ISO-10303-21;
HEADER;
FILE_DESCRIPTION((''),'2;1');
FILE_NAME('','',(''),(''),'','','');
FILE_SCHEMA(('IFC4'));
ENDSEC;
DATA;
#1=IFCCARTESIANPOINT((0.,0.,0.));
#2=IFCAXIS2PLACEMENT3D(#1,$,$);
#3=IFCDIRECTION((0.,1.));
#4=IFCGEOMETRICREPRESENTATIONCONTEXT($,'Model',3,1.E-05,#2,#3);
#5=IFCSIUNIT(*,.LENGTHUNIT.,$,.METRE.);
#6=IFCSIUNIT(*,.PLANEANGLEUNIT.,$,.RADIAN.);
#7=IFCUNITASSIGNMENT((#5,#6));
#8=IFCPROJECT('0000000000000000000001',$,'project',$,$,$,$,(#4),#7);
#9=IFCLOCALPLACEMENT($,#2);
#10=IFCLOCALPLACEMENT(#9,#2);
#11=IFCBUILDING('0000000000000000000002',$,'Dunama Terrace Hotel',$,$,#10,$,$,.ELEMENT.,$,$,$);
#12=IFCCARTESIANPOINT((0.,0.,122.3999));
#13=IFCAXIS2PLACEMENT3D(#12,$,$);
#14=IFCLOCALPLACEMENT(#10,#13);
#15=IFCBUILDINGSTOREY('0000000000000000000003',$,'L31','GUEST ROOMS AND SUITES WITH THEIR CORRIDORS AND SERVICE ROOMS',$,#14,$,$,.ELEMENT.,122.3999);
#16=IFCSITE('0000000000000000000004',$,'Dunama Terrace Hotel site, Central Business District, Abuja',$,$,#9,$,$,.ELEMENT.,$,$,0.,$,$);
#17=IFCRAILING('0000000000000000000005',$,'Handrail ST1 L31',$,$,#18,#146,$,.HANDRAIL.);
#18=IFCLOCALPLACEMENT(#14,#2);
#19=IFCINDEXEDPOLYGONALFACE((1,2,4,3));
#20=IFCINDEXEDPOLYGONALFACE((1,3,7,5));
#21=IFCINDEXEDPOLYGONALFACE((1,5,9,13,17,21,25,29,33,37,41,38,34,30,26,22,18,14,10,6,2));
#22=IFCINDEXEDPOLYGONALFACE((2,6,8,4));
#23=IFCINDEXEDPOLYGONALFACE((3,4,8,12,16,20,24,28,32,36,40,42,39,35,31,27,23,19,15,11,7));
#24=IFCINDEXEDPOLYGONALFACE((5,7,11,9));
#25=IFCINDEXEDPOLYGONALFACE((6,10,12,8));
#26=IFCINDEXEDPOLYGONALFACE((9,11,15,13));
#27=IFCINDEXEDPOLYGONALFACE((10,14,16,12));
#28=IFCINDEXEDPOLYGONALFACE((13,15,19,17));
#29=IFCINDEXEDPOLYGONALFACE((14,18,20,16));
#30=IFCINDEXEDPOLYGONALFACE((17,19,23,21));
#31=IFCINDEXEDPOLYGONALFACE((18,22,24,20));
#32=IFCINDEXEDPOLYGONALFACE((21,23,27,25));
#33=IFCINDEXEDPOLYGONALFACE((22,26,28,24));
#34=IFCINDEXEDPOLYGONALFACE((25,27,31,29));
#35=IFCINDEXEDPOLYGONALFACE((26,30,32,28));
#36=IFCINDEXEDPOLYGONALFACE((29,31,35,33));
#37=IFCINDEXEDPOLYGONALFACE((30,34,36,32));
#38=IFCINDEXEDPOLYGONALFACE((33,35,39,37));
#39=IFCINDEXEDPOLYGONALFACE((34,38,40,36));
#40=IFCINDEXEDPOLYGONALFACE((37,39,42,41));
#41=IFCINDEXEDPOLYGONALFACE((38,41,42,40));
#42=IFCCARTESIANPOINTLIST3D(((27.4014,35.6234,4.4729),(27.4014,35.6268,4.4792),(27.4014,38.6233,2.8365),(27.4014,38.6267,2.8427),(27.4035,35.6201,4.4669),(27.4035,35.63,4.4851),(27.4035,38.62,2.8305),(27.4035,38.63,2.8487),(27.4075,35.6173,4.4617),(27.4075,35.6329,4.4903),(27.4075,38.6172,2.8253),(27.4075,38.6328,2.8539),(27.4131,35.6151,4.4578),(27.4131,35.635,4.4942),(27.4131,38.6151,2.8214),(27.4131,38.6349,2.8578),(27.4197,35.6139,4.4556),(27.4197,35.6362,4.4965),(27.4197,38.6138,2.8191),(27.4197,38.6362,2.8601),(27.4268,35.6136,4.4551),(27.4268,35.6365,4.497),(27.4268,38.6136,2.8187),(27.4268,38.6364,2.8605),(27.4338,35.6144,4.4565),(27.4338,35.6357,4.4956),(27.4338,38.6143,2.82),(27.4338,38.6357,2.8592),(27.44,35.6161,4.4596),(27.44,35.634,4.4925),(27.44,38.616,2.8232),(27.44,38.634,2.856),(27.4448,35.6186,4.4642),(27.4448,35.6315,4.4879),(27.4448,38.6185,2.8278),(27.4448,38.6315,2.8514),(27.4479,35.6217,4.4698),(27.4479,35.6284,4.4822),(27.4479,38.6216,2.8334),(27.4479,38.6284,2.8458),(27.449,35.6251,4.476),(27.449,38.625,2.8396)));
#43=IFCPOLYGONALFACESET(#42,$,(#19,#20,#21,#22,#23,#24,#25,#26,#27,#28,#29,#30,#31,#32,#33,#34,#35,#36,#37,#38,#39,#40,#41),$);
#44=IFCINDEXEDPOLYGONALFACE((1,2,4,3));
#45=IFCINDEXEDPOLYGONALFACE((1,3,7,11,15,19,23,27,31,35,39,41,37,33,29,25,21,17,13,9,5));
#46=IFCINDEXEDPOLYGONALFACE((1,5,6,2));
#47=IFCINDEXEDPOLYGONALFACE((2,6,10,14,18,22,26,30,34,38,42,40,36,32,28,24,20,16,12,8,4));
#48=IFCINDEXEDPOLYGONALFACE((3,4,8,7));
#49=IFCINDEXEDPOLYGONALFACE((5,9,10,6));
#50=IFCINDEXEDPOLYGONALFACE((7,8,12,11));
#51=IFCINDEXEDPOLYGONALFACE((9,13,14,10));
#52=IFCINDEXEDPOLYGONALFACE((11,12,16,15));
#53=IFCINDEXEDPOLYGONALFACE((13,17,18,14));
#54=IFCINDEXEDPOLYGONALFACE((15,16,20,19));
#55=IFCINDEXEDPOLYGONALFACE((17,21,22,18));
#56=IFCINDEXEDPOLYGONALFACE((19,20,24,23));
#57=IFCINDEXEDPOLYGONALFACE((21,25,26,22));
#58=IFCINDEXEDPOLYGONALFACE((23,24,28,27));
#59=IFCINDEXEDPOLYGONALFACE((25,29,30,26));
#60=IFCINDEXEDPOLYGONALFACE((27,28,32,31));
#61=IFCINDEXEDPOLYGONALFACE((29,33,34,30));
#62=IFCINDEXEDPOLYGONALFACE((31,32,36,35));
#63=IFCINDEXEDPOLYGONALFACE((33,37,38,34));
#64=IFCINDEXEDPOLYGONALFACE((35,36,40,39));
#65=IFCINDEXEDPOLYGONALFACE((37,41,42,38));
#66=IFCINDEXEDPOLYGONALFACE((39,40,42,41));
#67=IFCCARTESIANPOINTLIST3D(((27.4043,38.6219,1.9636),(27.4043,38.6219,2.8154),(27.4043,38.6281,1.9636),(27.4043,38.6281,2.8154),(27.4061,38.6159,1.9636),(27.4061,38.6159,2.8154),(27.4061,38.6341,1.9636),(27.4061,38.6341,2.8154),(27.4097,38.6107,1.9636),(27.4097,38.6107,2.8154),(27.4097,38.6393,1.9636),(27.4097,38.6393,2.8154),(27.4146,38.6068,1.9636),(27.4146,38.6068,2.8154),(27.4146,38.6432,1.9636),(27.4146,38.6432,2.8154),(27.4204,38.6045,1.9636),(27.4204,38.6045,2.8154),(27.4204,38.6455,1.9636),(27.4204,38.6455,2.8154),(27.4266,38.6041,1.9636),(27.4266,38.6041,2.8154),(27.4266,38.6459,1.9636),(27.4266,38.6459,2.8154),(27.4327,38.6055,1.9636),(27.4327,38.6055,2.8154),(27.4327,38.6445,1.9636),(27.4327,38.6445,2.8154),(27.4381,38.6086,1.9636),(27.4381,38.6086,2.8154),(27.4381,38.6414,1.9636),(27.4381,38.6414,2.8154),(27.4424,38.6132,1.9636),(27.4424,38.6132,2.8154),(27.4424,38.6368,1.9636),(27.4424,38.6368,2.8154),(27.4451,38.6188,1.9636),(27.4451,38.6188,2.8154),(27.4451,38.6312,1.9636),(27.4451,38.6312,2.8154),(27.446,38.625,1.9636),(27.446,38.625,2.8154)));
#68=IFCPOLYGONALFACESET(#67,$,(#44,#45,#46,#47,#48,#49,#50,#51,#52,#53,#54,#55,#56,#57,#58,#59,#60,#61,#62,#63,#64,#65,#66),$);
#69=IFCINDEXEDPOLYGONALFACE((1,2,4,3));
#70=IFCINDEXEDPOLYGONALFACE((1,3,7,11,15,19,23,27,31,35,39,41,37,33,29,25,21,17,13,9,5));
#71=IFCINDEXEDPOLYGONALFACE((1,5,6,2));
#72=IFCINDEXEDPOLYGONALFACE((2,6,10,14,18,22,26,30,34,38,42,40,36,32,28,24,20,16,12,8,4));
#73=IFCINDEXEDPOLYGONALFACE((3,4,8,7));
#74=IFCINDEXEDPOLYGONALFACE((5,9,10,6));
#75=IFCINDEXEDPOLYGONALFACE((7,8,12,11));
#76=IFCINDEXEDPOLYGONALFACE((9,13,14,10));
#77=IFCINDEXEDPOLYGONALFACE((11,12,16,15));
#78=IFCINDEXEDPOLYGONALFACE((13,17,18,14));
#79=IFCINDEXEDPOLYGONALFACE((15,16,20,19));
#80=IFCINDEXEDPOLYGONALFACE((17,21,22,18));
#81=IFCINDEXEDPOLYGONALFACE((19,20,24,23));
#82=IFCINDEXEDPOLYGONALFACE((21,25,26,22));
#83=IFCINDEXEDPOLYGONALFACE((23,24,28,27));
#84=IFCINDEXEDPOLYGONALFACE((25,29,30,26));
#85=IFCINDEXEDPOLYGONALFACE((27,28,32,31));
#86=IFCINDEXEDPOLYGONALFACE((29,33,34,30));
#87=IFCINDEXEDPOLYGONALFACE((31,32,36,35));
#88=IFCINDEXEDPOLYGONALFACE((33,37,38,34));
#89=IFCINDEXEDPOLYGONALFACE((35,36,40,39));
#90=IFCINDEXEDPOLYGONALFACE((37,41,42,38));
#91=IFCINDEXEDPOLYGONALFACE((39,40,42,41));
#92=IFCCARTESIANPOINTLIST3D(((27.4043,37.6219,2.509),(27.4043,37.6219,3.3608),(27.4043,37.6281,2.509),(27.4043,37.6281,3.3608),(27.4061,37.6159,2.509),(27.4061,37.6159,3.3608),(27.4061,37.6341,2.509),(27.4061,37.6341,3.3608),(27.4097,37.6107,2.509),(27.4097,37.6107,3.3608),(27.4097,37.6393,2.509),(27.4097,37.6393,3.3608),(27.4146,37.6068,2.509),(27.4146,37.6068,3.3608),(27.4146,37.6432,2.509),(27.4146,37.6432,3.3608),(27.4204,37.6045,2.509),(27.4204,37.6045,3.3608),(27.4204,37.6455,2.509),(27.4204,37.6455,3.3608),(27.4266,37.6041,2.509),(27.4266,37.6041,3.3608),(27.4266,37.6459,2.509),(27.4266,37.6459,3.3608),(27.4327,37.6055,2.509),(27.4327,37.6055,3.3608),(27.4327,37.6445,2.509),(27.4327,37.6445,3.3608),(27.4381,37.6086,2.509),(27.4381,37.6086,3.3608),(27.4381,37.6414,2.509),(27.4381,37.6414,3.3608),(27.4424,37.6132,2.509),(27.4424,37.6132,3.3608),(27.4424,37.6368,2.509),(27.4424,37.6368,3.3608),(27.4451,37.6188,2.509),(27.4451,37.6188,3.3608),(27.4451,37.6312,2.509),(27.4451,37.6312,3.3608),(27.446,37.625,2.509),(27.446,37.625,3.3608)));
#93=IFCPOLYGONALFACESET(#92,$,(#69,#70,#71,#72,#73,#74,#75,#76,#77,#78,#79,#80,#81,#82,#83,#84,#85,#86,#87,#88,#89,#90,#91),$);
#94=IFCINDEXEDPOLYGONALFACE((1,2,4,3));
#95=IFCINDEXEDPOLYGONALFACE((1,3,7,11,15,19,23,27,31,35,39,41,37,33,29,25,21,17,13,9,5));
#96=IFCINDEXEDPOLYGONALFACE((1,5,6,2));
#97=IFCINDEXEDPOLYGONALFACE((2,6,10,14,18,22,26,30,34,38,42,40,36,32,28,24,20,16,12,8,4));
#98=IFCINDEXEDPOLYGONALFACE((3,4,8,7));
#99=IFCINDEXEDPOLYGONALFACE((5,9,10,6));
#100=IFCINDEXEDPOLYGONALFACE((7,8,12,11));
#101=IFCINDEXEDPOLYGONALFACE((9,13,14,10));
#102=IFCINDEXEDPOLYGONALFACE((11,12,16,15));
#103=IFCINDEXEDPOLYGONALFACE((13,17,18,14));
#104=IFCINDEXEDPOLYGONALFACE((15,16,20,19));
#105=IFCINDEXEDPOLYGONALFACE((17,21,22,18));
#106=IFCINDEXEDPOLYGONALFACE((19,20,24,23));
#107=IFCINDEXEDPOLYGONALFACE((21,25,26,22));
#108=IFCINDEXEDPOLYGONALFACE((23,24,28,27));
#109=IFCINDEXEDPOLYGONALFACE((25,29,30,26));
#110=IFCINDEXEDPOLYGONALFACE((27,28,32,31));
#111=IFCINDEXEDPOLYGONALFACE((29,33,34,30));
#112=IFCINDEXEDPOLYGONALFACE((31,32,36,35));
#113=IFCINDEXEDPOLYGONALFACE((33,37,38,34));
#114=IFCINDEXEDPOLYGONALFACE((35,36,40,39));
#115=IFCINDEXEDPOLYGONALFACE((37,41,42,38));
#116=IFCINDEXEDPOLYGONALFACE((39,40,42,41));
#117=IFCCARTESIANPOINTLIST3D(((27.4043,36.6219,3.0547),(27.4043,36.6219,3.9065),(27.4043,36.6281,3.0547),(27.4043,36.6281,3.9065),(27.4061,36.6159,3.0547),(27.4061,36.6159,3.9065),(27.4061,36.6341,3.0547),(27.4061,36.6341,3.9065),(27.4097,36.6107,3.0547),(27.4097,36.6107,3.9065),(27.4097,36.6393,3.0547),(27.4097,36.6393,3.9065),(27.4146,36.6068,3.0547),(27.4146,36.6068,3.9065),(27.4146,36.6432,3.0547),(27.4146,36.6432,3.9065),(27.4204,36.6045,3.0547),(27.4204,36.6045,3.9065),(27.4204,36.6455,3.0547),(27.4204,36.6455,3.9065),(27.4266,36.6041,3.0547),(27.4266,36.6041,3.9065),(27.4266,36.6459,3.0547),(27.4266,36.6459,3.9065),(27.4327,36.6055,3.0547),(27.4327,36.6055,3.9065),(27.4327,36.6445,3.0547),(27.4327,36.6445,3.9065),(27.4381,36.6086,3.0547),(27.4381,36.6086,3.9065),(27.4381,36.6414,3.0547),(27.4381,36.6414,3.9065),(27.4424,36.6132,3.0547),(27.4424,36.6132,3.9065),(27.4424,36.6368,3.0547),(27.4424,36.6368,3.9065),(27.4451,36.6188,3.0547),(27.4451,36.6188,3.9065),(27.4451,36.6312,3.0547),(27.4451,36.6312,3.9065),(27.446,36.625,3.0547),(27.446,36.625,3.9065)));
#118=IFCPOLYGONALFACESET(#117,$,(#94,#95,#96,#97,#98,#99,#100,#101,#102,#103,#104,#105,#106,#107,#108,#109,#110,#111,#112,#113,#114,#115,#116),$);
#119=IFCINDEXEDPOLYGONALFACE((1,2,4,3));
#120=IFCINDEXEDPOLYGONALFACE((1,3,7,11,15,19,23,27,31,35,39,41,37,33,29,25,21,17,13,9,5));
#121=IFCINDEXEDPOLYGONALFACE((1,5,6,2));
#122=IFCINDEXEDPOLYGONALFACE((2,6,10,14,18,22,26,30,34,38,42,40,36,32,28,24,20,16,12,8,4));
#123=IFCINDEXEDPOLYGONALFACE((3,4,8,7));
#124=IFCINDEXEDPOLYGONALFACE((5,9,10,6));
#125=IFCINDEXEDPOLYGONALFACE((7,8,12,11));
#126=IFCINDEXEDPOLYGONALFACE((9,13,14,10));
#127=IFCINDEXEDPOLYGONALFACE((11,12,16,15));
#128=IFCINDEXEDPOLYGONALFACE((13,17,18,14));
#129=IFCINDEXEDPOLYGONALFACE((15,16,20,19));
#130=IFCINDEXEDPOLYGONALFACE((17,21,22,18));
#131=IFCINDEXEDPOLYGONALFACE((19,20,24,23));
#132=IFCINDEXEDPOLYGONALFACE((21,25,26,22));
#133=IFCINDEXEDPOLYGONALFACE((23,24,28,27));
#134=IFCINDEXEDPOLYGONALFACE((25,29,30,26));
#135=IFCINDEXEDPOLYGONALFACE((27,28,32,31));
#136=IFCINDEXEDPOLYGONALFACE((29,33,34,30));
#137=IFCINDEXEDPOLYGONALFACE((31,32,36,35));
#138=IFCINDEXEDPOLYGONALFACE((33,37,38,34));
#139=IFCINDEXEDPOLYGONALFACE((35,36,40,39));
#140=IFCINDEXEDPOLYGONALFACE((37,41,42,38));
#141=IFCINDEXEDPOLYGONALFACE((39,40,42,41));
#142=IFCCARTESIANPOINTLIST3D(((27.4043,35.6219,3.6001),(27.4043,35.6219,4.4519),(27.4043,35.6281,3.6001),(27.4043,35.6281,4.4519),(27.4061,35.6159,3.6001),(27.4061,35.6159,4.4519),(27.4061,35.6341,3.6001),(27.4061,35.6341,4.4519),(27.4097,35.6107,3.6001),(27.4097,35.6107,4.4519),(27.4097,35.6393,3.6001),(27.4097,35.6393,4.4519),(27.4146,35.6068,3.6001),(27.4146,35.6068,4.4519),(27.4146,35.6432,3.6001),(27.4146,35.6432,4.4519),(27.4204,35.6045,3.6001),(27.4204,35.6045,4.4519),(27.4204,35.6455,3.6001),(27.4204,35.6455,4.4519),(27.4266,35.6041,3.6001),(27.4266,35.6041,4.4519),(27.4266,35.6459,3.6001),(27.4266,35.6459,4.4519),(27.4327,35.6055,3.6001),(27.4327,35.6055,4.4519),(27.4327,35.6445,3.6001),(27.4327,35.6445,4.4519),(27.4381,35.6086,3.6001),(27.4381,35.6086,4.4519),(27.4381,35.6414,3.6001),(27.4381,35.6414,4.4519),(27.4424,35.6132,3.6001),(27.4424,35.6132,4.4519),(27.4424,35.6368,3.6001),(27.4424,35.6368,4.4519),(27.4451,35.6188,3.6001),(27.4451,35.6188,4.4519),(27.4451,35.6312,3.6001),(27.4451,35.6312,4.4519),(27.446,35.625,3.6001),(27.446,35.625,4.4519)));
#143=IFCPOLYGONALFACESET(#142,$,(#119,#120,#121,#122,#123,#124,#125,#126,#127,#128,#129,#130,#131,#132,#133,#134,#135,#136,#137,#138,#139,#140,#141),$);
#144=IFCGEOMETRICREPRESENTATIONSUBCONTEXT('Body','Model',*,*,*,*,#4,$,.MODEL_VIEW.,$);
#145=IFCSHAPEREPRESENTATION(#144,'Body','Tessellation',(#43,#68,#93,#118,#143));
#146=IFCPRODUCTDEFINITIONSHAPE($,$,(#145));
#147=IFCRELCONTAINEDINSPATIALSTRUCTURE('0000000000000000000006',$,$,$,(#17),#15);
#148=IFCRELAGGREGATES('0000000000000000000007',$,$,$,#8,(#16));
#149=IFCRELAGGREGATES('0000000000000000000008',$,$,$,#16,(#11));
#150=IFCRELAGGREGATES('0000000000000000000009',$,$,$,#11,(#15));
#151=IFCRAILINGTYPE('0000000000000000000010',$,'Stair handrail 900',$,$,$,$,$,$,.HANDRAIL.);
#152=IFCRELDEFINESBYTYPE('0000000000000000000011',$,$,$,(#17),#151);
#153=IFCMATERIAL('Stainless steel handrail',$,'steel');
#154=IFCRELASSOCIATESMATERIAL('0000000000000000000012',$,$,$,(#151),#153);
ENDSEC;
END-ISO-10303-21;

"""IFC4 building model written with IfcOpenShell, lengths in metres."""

from ifc_helpers import new_model, si_unit, direction, frame, origin, origin_2d, place, context, subcontext, project, spatial, circle, extrude, material, type_object, element, save


model = new_model("IFC4")

# Units and contexts
model_context = context("Model", 3, precision=1e-05, world=origin(), true_north=direction((0.0, 1.0)))
body_context = subcontext(model_context, "Body", "Model", "MODEL_VIEW")
ifc_project = project(units=[si_unit("LENGTHUNIT", "METRE"), si_unit("PLANEANGLEUNIT", "RADIAN")], contexts=[model_context])

# Site, building, storey
site_placement = place(None, origin())
site = spatial("IfcSite", under=ifc_project, at=site_placement, Name="Dunama Terrace Hotel site, Central Business District, Abuja", CompositionType="ELEMENT", RefElevation=0.0)
building_placement = place(site_placement, origin())
building = spatial("IfcBuilding", under=site, at=building_placement, Name="Dunama Terrace Hotel", CompositionType="ELEMENT")
storey_placement = place(building_placement, frame((0.0, 0.0, 122.3999)))
storey = spatial("IfcBuildingStorey", under=building, at=storey_placement, Name="L31", Description="GUEST ROOMS AND SUITES WITH THEIR CORRIDORS AND SERVICE ROOMS", CompositionType="ELEMENT", Elevation=122.3999)

# Railing
ifc_material_1 = material(Name="Stainless steel handrail", Category="steel")
railing_type = type_object("IfcRailingType", Name="Stair handrail 900", PredefinedType="HANDRAIL", material=ifc_material_1)
railing_1_placement = place(storey_placement, frame((27.425, 38.625, 1.9636)))
element("IfcRailing", 1, at=railing_1_placement, inside=storey, type_object=railing_type, Name="Handrail ST1 L31", PredefinedType="HANDRAIL", context=body_context, shape_type="SweptSolid", body=[
    extrude(circle(Radius=0.0239, at=origin_2d()), frame((0.0, 0.0, 0.876), z_axis=(0.0, -0.877882, 0.478877), x_axis=(1.0, 0.0, 0.0)), (0.0, 0.0, 1.0), 3.4172),
    extrude(circle(Radius=0.021, at=origin_2d()), origin(), (0.0, 0.0, 1.0), 0.8518),
    extrude(circle(Radius=0.021, at=origin_2d()), frame((0.0, -1.0, 0.5454)), (0.0, 0.0, 1.0), 0.8518),
    extrude(circle(Radius=0.021, at=origin_2d()), frame((0.0, -2.0, 1.0911)), (0.0, 0.0, 1.0), 0.8518),
    extrude(circle(Radius=0.021, at=origin_2d()), frame((0.0, -3.0, 1.6365)), (0.0, 0.0, 1.0), 0.8518),
])

save(model, "model.ifc")
